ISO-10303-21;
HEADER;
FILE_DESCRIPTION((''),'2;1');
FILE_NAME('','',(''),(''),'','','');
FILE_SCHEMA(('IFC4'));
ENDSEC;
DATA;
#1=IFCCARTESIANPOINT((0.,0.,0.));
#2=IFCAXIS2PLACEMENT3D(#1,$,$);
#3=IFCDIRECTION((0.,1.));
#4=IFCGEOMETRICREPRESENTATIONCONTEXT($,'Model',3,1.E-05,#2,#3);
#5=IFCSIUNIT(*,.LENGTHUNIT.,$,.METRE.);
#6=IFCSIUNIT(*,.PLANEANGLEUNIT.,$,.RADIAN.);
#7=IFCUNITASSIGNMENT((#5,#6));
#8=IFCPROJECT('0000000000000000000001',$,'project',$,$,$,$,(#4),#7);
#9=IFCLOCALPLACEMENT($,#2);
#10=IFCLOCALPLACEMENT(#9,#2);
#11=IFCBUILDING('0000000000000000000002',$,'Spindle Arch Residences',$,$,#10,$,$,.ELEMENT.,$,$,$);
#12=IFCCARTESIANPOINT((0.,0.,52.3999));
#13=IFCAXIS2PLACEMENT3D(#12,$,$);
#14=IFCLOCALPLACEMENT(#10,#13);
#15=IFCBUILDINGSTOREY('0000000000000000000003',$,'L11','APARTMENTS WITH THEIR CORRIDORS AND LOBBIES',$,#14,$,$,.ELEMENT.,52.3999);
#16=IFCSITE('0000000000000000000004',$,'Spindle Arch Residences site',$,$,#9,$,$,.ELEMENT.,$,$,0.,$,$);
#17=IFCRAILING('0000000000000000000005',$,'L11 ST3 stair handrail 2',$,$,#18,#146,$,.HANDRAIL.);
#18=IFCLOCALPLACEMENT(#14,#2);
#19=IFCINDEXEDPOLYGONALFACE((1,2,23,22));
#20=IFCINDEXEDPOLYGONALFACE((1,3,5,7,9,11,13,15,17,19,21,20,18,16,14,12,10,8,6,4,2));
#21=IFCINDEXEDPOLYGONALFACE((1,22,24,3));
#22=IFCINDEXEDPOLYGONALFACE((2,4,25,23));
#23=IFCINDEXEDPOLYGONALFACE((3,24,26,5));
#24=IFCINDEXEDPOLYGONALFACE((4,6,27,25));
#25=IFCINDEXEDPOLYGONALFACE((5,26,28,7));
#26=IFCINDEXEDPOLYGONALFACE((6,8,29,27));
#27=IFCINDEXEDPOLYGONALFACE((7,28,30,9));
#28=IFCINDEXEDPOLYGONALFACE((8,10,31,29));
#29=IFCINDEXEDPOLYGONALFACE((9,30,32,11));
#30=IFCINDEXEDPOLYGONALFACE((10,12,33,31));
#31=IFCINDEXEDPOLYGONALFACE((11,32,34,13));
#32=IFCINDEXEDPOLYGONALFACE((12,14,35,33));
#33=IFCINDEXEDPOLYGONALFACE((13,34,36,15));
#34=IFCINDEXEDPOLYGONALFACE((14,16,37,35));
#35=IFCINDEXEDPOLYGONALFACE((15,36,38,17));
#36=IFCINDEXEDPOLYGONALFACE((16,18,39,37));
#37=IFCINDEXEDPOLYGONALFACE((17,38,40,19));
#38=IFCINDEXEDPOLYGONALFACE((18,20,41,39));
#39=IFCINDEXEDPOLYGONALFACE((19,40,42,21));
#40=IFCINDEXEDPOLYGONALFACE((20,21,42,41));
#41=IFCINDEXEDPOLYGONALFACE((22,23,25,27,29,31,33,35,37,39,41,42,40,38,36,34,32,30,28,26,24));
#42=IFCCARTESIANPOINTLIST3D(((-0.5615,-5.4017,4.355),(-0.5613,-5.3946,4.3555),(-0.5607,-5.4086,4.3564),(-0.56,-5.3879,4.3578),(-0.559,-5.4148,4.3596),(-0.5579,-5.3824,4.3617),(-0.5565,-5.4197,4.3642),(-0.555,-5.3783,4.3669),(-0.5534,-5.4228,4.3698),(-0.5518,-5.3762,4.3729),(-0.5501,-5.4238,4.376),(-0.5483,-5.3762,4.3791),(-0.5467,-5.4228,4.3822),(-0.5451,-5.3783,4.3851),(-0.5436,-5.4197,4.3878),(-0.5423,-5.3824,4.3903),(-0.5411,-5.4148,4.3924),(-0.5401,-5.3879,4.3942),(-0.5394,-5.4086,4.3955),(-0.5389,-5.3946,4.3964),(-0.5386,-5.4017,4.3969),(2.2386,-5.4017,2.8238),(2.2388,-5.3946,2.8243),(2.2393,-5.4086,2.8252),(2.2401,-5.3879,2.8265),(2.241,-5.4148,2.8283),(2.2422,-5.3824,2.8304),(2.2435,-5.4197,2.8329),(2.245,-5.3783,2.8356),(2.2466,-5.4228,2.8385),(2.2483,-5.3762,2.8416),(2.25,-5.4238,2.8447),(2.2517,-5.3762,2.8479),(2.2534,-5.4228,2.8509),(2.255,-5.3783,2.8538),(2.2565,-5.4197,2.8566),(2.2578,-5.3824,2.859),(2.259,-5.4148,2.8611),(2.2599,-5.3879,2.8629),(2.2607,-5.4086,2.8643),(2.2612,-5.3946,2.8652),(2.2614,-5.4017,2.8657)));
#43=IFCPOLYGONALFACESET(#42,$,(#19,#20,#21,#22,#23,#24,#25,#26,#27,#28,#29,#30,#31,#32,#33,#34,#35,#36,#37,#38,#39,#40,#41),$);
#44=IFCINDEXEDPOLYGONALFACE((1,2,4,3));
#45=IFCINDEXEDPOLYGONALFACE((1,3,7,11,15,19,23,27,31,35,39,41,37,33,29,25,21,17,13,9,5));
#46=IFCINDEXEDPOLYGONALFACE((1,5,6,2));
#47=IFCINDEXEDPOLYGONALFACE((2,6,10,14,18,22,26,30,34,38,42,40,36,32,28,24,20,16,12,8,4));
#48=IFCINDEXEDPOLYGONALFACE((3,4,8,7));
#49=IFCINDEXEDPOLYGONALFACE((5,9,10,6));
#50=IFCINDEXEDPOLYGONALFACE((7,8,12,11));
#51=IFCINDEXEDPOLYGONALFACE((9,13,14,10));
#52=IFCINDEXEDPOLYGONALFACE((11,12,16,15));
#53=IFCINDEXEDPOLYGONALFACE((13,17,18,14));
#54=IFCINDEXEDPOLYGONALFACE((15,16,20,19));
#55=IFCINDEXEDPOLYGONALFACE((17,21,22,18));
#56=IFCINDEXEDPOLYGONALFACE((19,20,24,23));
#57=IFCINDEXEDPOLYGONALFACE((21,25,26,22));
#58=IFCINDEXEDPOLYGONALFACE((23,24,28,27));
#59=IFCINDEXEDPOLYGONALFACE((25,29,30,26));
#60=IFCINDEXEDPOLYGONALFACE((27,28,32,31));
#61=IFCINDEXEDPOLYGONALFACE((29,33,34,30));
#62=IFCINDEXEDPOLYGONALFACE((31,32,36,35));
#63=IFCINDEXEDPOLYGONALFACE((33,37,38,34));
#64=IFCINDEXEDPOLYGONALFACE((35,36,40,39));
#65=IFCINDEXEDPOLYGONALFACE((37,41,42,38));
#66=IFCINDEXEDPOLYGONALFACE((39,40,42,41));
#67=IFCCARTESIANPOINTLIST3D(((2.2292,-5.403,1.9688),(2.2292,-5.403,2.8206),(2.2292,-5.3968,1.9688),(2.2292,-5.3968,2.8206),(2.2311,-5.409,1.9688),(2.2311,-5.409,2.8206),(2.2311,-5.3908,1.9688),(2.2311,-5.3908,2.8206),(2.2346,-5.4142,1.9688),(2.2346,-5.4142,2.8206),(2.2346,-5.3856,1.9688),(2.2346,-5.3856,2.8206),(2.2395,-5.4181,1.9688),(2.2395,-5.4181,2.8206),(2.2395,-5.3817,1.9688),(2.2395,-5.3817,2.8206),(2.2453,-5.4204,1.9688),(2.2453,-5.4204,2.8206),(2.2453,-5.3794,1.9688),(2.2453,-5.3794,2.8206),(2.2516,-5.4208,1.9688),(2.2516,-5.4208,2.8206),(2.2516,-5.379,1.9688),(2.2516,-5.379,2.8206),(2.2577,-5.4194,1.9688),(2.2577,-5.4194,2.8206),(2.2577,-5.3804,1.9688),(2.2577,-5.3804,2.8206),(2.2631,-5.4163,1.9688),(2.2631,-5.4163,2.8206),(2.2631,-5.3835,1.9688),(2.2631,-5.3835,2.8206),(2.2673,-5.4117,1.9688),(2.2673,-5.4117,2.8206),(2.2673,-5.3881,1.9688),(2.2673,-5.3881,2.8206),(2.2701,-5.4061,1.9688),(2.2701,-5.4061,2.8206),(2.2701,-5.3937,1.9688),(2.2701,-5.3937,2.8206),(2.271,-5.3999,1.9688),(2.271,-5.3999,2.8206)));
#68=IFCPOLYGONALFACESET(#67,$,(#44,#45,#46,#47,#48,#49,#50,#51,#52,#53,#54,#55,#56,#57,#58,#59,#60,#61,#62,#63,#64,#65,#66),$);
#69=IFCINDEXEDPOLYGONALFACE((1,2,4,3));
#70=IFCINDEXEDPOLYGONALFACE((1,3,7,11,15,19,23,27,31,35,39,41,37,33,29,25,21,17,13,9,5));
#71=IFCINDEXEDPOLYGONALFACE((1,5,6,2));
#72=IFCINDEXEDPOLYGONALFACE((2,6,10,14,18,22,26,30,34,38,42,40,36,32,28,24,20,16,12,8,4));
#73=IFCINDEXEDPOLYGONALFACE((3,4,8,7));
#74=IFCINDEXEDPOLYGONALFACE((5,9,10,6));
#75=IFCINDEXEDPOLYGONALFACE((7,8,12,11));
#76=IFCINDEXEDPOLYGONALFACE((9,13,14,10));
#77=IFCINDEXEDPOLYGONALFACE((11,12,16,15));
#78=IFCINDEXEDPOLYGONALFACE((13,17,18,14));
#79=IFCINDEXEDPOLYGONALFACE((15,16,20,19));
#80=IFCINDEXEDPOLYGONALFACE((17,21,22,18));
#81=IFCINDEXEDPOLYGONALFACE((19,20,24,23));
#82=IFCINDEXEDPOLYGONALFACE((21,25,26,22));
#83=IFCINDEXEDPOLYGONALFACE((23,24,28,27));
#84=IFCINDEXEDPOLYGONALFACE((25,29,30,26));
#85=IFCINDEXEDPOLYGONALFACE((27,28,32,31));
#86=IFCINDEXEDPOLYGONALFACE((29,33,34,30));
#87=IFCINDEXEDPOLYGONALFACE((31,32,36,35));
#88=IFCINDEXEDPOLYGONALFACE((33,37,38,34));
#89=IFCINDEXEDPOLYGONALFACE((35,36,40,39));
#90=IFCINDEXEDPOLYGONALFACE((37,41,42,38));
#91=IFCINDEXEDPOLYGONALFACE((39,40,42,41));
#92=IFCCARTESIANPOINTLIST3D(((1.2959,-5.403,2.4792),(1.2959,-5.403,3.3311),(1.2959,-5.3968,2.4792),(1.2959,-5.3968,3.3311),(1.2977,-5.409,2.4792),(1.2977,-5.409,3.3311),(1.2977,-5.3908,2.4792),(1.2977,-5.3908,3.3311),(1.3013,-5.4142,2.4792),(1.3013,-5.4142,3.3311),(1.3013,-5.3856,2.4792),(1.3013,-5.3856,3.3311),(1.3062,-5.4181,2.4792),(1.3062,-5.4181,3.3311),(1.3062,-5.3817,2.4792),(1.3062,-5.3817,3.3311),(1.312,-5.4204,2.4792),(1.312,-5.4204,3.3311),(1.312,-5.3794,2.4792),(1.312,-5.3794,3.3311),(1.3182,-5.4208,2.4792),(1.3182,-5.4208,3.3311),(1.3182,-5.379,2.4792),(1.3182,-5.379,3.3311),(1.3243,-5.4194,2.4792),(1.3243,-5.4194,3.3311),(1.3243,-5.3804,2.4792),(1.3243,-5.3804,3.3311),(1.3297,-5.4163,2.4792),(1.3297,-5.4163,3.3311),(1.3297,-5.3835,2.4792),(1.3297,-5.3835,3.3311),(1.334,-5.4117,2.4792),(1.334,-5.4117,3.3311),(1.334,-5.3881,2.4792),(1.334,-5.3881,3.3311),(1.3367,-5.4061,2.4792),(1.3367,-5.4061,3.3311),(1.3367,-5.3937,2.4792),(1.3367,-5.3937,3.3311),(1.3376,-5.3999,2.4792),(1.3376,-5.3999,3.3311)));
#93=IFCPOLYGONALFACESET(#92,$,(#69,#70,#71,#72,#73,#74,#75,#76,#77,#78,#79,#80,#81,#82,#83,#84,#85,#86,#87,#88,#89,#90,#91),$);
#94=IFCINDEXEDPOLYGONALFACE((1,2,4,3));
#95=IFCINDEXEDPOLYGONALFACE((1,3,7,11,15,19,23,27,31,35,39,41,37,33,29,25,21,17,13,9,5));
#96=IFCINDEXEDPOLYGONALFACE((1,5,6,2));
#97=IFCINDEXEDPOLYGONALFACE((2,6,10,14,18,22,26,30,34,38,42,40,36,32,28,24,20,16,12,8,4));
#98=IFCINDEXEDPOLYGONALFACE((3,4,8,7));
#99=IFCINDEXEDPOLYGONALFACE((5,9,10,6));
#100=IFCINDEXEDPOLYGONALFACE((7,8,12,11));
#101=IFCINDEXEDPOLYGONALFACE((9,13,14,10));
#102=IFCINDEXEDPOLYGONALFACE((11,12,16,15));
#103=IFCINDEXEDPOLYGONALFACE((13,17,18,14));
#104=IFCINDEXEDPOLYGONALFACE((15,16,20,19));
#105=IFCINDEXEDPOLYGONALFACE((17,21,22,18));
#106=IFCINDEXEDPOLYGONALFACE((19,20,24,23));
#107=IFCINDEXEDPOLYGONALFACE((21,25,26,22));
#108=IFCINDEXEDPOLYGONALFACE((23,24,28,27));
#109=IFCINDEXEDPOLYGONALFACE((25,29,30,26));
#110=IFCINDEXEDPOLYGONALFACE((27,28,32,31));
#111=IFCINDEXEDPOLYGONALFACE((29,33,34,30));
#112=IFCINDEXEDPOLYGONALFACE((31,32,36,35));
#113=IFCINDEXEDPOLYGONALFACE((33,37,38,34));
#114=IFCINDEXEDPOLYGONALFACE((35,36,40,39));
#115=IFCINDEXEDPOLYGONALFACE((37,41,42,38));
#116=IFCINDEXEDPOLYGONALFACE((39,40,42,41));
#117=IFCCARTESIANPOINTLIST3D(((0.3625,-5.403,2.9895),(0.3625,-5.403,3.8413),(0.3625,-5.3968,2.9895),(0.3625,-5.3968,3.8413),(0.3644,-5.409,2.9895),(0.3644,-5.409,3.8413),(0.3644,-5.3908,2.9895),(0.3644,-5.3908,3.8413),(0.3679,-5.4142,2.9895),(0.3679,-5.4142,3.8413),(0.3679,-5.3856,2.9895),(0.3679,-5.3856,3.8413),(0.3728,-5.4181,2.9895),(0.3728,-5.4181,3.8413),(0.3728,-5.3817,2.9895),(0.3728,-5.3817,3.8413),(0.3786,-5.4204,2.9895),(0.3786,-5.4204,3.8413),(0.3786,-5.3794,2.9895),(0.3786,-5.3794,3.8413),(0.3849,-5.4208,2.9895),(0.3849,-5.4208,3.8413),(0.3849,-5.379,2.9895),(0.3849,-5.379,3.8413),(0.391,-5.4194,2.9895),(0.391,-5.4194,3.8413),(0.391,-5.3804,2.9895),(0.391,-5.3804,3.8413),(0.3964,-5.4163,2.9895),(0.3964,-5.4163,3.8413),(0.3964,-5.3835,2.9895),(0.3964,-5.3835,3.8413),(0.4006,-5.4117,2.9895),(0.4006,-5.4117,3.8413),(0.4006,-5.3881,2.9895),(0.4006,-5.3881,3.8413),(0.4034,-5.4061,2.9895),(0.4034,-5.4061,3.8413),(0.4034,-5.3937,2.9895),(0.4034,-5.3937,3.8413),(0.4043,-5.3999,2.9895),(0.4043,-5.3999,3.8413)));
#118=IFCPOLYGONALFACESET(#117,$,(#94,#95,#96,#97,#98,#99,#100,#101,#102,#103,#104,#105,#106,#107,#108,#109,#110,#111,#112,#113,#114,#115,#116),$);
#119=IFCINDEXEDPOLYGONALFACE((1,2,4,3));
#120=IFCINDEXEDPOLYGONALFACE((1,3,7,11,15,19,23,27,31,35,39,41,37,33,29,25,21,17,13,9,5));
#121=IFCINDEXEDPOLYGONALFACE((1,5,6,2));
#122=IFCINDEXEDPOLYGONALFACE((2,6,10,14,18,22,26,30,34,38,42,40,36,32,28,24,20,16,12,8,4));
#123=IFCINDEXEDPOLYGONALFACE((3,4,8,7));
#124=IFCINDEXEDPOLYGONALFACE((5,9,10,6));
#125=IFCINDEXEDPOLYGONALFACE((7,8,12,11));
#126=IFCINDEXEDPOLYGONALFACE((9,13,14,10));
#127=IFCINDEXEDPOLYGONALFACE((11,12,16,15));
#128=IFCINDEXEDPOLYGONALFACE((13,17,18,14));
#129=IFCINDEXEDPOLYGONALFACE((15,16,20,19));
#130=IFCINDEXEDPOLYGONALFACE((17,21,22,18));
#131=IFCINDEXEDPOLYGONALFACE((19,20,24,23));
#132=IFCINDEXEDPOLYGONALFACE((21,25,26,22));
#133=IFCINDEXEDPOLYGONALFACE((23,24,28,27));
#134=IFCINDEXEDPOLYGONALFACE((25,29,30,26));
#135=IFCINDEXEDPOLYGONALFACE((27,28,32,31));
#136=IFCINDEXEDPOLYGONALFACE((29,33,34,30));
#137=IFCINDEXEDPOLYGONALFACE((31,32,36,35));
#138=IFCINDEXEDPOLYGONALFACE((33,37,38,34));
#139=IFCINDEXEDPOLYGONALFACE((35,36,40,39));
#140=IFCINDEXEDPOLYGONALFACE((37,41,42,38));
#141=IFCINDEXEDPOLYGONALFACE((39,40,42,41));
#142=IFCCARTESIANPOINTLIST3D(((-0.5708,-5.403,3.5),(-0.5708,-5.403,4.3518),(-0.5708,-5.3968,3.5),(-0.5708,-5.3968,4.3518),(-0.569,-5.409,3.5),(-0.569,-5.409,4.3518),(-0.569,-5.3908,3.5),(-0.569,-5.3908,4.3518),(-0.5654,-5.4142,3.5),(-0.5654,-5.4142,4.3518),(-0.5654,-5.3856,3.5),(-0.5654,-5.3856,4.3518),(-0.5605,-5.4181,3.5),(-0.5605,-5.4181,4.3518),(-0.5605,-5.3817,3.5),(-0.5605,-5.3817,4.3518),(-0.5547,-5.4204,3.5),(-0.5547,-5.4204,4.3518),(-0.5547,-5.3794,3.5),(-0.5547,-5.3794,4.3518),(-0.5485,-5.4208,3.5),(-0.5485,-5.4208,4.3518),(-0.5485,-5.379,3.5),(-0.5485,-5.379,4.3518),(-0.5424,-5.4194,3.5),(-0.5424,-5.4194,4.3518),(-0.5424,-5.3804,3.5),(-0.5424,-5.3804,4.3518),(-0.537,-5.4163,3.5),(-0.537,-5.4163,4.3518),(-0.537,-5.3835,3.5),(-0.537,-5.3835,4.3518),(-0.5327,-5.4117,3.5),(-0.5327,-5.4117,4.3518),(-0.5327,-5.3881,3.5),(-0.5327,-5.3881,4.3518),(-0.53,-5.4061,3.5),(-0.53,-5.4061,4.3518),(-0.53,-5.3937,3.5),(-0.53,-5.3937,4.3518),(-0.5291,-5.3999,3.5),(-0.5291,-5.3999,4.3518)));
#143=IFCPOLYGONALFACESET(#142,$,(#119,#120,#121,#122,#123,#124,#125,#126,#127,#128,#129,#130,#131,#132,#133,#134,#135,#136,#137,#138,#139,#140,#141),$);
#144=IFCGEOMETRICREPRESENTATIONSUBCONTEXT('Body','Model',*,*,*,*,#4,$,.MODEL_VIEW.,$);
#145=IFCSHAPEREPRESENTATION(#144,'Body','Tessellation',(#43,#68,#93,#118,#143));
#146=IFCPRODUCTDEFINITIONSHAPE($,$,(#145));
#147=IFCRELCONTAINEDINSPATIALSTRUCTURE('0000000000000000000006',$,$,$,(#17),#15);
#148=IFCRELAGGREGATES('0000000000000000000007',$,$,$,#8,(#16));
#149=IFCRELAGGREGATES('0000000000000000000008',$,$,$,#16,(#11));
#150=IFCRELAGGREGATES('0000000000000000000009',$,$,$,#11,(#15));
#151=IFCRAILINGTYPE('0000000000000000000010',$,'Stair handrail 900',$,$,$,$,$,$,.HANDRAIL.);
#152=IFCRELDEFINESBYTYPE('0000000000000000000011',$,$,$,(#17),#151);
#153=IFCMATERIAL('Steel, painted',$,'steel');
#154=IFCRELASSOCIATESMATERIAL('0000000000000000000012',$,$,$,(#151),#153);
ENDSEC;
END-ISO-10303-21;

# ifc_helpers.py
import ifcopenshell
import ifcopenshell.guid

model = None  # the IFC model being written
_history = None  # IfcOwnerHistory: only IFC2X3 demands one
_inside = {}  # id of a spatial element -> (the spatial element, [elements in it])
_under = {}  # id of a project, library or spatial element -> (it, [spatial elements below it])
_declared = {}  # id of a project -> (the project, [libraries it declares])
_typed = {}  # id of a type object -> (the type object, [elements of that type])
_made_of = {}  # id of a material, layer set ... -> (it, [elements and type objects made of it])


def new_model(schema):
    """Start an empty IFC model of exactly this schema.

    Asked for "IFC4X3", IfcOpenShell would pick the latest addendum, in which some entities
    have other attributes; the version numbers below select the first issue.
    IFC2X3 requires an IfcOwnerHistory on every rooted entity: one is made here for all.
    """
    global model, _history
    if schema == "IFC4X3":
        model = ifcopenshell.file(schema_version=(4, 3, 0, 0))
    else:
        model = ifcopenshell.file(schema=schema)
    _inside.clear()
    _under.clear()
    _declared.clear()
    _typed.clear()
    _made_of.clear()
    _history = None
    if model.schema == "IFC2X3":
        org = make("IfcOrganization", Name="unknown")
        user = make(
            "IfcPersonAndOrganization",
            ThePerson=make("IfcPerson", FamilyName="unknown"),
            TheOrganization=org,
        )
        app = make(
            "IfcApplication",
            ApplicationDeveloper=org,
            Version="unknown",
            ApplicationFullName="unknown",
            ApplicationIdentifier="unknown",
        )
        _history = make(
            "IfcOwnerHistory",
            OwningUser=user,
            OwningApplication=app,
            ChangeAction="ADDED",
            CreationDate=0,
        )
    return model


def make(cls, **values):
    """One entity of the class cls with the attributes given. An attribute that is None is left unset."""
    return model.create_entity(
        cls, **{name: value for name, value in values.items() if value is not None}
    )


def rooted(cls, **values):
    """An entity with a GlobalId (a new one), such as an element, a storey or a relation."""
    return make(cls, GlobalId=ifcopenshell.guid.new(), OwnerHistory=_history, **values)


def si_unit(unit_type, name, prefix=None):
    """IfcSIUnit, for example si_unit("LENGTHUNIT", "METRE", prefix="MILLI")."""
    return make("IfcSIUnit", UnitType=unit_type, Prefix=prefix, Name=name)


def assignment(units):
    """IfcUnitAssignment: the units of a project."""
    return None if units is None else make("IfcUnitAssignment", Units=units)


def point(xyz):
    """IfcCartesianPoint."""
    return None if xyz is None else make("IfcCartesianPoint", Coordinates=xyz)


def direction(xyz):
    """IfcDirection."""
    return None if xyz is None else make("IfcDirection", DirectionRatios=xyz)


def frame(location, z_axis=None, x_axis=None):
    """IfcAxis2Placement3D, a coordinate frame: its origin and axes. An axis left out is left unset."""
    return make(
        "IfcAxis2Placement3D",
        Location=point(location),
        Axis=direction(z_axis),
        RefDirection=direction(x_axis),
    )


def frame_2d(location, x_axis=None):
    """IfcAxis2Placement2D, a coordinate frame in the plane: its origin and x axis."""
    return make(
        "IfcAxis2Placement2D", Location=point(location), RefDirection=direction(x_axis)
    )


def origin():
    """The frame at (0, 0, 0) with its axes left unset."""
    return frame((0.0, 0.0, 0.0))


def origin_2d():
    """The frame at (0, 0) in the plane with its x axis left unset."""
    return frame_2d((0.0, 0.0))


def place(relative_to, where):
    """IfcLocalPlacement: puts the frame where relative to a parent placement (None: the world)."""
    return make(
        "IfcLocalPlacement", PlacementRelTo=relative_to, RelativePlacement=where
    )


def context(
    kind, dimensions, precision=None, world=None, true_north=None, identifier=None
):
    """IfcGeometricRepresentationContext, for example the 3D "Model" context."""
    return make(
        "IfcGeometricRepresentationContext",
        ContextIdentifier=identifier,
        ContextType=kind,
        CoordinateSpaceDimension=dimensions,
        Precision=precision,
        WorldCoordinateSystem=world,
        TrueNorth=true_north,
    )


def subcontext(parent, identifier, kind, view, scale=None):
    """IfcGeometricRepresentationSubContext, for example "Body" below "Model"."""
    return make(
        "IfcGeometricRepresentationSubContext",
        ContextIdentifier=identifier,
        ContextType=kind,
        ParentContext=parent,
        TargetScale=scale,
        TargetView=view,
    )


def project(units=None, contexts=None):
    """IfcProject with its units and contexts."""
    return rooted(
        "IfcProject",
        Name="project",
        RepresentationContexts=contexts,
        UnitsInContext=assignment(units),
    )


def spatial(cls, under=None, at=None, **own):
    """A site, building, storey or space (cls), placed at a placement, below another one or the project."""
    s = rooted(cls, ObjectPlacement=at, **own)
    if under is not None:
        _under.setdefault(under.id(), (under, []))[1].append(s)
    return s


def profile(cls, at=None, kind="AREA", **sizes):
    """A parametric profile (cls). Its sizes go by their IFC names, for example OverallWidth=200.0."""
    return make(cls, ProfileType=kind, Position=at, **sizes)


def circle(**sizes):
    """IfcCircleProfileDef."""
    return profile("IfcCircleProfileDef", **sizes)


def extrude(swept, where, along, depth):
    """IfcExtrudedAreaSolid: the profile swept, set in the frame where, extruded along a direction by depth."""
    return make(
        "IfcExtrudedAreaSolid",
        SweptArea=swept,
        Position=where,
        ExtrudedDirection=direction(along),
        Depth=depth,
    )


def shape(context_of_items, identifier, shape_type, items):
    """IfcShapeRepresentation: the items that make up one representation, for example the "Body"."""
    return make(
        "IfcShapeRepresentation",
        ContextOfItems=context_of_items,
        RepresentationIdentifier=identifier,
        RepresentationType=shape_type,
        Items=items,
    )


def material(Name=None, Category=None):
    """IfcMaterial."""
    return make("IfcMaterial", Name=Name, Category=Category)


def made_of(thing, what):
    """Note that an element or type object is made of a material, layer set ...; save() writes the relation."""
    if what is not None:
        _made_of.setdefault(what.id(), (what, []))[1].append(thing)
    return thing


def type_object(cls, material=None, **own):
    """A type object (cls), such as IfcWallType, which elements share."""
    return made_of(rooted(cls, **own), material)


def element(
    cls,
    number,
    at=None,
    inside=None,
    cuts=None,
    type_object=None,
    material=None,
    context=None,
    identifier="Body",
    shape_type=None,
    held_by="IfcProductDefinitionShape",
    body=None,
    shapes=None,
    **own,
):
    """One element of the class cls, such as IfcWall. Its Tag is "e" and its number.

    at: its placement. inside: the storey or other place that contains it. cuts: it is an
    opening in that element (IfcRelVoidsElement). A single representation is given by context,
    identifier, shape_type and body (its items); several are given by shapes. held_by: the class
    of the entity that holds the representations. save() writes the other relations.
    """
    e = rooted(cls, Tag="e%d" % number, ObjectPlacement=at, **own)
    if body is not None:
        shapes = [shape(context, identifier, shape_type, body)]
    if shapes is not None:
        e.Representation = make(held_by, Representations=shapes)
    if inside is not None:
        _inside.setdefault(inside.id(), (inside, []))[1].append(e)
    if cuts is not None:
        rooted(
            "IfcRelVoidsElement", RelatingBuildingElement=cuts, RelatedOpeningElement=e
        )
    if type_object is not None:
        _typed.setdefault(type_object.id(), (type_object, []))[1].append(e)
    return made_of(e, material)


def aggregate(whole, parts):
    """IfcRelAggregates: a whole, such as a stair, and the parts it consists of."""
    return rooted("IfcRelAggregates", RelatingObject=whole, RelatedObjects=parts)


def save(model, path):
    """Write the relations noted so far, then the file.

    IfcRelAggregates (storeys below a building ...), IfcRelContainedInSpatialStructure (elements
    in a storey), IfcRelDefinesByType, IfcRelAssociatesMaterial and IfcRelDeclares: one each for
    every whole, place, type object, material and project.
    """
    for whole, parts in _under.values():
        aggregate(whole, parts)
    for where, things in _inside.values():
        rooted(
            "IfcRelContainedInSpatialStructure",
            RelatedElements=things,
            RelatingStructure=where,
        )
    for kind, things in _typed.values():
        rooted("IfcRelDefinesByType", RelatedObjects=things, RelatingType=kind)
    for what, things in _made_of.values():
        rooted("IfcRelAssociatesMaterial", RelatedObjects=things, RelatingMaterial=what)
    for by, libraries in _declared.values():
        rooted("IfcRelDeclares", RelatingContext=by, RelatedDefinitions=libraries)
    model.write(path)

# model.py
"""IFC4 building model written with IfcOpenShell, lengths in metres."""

from ifc_helpers import new_model, si_unit, direction, frame, origin, origin_2d, place, context, subcontext, project, spatial, circle, extrude, material, type_object, element, save


model = new_model("IFC4")

# Units and contexts
model_context = context("Model", 3, precision=1e-05, world=origin(), true_north=direction((0.0, 1.0)))
body_context = subcontext(model_context, "Body", "Model", "MODEL_VIEW")
ifc_project = project(units=[si_unit("LENGTHUNIT", "METRE"), si_unit("PLANEANGLEUNIT", "RADIAN")], contexts=[model_context])

# Site, building, storey
site_placement = place(None, origin())
site = spatial("IfcSite", under=ifc_project, at=site_placement, Name="Spindle Arch Residences site", CompositionType="ELEMENT", RefElevation=0.0)
building_placement = place(site_placement, origin())
building = spatial("IfcBuilding", under=site, at=building_placement, Name="Spindle Arch Residences", CompositionType="ELEMENT")
storey_placement = place(building_placement, frame((0.0, 0.0, 52.3999)))
storey = spatial("IfcBuildingStorey", under=building, at=storey_placement, Name="L11", Description="APARTMENTS WITH THEIR CORRIDORS AND LOBBIES", CompositionType="ELEMENT", Elevation=52.3999)

# Railing
ifc_material_1 = material(Name="Steel, painted", Category="steel")
railing_type = type_object("IfcRailingType", Name="Stair handrail 900", PredefinedType="HANDRAIL", material=ifc_material_1)
railing_placement = place(storey_placement, frame((2.25, -5.3999, 1.9688)))
element("IfcRailing", 1, at=railing_placement, inside=storey, type_object=railing_type, Name="L11 ST3 stair handrail 2", PredefinedType="HANDRAIL", context=body_context, shape_type="SweptSolid", body=[
    extrude(circle(Radius=0.0239, at=origin_2d()), frame((0.0, 0.0, 0.876), z_axis=(-0.877375, 0.0, 0.479806), x_axis=(0.0, -1.0, 0.0)), (0.0, 0.0, 1.0), 3.1914),
    extrude(circle(Radius=0.021, at=origin_2d()), origin(), (0.0, 0.0, 1.0), 0.8518),
    extrude(circle(Radius=0.021, at=origin_2d()), frame((-0.9333, 0.0, 0.5105)), (0.0, 0.0, 1.0), 0.8518),
    extrude(circle(Radius=0.021, at=origin_2d()), frame((-1.8667, 0.0, 1.0208)), (0.0, 0.0, 1.0), 0.8518),
    extrude(circle(Radius=0.021, at=origin_2d()), frame((-2.8, 0.0, 1.5312)), (0.0, 0.0, 1.0), 0.8518),
])

save(model, "model.ifc")
